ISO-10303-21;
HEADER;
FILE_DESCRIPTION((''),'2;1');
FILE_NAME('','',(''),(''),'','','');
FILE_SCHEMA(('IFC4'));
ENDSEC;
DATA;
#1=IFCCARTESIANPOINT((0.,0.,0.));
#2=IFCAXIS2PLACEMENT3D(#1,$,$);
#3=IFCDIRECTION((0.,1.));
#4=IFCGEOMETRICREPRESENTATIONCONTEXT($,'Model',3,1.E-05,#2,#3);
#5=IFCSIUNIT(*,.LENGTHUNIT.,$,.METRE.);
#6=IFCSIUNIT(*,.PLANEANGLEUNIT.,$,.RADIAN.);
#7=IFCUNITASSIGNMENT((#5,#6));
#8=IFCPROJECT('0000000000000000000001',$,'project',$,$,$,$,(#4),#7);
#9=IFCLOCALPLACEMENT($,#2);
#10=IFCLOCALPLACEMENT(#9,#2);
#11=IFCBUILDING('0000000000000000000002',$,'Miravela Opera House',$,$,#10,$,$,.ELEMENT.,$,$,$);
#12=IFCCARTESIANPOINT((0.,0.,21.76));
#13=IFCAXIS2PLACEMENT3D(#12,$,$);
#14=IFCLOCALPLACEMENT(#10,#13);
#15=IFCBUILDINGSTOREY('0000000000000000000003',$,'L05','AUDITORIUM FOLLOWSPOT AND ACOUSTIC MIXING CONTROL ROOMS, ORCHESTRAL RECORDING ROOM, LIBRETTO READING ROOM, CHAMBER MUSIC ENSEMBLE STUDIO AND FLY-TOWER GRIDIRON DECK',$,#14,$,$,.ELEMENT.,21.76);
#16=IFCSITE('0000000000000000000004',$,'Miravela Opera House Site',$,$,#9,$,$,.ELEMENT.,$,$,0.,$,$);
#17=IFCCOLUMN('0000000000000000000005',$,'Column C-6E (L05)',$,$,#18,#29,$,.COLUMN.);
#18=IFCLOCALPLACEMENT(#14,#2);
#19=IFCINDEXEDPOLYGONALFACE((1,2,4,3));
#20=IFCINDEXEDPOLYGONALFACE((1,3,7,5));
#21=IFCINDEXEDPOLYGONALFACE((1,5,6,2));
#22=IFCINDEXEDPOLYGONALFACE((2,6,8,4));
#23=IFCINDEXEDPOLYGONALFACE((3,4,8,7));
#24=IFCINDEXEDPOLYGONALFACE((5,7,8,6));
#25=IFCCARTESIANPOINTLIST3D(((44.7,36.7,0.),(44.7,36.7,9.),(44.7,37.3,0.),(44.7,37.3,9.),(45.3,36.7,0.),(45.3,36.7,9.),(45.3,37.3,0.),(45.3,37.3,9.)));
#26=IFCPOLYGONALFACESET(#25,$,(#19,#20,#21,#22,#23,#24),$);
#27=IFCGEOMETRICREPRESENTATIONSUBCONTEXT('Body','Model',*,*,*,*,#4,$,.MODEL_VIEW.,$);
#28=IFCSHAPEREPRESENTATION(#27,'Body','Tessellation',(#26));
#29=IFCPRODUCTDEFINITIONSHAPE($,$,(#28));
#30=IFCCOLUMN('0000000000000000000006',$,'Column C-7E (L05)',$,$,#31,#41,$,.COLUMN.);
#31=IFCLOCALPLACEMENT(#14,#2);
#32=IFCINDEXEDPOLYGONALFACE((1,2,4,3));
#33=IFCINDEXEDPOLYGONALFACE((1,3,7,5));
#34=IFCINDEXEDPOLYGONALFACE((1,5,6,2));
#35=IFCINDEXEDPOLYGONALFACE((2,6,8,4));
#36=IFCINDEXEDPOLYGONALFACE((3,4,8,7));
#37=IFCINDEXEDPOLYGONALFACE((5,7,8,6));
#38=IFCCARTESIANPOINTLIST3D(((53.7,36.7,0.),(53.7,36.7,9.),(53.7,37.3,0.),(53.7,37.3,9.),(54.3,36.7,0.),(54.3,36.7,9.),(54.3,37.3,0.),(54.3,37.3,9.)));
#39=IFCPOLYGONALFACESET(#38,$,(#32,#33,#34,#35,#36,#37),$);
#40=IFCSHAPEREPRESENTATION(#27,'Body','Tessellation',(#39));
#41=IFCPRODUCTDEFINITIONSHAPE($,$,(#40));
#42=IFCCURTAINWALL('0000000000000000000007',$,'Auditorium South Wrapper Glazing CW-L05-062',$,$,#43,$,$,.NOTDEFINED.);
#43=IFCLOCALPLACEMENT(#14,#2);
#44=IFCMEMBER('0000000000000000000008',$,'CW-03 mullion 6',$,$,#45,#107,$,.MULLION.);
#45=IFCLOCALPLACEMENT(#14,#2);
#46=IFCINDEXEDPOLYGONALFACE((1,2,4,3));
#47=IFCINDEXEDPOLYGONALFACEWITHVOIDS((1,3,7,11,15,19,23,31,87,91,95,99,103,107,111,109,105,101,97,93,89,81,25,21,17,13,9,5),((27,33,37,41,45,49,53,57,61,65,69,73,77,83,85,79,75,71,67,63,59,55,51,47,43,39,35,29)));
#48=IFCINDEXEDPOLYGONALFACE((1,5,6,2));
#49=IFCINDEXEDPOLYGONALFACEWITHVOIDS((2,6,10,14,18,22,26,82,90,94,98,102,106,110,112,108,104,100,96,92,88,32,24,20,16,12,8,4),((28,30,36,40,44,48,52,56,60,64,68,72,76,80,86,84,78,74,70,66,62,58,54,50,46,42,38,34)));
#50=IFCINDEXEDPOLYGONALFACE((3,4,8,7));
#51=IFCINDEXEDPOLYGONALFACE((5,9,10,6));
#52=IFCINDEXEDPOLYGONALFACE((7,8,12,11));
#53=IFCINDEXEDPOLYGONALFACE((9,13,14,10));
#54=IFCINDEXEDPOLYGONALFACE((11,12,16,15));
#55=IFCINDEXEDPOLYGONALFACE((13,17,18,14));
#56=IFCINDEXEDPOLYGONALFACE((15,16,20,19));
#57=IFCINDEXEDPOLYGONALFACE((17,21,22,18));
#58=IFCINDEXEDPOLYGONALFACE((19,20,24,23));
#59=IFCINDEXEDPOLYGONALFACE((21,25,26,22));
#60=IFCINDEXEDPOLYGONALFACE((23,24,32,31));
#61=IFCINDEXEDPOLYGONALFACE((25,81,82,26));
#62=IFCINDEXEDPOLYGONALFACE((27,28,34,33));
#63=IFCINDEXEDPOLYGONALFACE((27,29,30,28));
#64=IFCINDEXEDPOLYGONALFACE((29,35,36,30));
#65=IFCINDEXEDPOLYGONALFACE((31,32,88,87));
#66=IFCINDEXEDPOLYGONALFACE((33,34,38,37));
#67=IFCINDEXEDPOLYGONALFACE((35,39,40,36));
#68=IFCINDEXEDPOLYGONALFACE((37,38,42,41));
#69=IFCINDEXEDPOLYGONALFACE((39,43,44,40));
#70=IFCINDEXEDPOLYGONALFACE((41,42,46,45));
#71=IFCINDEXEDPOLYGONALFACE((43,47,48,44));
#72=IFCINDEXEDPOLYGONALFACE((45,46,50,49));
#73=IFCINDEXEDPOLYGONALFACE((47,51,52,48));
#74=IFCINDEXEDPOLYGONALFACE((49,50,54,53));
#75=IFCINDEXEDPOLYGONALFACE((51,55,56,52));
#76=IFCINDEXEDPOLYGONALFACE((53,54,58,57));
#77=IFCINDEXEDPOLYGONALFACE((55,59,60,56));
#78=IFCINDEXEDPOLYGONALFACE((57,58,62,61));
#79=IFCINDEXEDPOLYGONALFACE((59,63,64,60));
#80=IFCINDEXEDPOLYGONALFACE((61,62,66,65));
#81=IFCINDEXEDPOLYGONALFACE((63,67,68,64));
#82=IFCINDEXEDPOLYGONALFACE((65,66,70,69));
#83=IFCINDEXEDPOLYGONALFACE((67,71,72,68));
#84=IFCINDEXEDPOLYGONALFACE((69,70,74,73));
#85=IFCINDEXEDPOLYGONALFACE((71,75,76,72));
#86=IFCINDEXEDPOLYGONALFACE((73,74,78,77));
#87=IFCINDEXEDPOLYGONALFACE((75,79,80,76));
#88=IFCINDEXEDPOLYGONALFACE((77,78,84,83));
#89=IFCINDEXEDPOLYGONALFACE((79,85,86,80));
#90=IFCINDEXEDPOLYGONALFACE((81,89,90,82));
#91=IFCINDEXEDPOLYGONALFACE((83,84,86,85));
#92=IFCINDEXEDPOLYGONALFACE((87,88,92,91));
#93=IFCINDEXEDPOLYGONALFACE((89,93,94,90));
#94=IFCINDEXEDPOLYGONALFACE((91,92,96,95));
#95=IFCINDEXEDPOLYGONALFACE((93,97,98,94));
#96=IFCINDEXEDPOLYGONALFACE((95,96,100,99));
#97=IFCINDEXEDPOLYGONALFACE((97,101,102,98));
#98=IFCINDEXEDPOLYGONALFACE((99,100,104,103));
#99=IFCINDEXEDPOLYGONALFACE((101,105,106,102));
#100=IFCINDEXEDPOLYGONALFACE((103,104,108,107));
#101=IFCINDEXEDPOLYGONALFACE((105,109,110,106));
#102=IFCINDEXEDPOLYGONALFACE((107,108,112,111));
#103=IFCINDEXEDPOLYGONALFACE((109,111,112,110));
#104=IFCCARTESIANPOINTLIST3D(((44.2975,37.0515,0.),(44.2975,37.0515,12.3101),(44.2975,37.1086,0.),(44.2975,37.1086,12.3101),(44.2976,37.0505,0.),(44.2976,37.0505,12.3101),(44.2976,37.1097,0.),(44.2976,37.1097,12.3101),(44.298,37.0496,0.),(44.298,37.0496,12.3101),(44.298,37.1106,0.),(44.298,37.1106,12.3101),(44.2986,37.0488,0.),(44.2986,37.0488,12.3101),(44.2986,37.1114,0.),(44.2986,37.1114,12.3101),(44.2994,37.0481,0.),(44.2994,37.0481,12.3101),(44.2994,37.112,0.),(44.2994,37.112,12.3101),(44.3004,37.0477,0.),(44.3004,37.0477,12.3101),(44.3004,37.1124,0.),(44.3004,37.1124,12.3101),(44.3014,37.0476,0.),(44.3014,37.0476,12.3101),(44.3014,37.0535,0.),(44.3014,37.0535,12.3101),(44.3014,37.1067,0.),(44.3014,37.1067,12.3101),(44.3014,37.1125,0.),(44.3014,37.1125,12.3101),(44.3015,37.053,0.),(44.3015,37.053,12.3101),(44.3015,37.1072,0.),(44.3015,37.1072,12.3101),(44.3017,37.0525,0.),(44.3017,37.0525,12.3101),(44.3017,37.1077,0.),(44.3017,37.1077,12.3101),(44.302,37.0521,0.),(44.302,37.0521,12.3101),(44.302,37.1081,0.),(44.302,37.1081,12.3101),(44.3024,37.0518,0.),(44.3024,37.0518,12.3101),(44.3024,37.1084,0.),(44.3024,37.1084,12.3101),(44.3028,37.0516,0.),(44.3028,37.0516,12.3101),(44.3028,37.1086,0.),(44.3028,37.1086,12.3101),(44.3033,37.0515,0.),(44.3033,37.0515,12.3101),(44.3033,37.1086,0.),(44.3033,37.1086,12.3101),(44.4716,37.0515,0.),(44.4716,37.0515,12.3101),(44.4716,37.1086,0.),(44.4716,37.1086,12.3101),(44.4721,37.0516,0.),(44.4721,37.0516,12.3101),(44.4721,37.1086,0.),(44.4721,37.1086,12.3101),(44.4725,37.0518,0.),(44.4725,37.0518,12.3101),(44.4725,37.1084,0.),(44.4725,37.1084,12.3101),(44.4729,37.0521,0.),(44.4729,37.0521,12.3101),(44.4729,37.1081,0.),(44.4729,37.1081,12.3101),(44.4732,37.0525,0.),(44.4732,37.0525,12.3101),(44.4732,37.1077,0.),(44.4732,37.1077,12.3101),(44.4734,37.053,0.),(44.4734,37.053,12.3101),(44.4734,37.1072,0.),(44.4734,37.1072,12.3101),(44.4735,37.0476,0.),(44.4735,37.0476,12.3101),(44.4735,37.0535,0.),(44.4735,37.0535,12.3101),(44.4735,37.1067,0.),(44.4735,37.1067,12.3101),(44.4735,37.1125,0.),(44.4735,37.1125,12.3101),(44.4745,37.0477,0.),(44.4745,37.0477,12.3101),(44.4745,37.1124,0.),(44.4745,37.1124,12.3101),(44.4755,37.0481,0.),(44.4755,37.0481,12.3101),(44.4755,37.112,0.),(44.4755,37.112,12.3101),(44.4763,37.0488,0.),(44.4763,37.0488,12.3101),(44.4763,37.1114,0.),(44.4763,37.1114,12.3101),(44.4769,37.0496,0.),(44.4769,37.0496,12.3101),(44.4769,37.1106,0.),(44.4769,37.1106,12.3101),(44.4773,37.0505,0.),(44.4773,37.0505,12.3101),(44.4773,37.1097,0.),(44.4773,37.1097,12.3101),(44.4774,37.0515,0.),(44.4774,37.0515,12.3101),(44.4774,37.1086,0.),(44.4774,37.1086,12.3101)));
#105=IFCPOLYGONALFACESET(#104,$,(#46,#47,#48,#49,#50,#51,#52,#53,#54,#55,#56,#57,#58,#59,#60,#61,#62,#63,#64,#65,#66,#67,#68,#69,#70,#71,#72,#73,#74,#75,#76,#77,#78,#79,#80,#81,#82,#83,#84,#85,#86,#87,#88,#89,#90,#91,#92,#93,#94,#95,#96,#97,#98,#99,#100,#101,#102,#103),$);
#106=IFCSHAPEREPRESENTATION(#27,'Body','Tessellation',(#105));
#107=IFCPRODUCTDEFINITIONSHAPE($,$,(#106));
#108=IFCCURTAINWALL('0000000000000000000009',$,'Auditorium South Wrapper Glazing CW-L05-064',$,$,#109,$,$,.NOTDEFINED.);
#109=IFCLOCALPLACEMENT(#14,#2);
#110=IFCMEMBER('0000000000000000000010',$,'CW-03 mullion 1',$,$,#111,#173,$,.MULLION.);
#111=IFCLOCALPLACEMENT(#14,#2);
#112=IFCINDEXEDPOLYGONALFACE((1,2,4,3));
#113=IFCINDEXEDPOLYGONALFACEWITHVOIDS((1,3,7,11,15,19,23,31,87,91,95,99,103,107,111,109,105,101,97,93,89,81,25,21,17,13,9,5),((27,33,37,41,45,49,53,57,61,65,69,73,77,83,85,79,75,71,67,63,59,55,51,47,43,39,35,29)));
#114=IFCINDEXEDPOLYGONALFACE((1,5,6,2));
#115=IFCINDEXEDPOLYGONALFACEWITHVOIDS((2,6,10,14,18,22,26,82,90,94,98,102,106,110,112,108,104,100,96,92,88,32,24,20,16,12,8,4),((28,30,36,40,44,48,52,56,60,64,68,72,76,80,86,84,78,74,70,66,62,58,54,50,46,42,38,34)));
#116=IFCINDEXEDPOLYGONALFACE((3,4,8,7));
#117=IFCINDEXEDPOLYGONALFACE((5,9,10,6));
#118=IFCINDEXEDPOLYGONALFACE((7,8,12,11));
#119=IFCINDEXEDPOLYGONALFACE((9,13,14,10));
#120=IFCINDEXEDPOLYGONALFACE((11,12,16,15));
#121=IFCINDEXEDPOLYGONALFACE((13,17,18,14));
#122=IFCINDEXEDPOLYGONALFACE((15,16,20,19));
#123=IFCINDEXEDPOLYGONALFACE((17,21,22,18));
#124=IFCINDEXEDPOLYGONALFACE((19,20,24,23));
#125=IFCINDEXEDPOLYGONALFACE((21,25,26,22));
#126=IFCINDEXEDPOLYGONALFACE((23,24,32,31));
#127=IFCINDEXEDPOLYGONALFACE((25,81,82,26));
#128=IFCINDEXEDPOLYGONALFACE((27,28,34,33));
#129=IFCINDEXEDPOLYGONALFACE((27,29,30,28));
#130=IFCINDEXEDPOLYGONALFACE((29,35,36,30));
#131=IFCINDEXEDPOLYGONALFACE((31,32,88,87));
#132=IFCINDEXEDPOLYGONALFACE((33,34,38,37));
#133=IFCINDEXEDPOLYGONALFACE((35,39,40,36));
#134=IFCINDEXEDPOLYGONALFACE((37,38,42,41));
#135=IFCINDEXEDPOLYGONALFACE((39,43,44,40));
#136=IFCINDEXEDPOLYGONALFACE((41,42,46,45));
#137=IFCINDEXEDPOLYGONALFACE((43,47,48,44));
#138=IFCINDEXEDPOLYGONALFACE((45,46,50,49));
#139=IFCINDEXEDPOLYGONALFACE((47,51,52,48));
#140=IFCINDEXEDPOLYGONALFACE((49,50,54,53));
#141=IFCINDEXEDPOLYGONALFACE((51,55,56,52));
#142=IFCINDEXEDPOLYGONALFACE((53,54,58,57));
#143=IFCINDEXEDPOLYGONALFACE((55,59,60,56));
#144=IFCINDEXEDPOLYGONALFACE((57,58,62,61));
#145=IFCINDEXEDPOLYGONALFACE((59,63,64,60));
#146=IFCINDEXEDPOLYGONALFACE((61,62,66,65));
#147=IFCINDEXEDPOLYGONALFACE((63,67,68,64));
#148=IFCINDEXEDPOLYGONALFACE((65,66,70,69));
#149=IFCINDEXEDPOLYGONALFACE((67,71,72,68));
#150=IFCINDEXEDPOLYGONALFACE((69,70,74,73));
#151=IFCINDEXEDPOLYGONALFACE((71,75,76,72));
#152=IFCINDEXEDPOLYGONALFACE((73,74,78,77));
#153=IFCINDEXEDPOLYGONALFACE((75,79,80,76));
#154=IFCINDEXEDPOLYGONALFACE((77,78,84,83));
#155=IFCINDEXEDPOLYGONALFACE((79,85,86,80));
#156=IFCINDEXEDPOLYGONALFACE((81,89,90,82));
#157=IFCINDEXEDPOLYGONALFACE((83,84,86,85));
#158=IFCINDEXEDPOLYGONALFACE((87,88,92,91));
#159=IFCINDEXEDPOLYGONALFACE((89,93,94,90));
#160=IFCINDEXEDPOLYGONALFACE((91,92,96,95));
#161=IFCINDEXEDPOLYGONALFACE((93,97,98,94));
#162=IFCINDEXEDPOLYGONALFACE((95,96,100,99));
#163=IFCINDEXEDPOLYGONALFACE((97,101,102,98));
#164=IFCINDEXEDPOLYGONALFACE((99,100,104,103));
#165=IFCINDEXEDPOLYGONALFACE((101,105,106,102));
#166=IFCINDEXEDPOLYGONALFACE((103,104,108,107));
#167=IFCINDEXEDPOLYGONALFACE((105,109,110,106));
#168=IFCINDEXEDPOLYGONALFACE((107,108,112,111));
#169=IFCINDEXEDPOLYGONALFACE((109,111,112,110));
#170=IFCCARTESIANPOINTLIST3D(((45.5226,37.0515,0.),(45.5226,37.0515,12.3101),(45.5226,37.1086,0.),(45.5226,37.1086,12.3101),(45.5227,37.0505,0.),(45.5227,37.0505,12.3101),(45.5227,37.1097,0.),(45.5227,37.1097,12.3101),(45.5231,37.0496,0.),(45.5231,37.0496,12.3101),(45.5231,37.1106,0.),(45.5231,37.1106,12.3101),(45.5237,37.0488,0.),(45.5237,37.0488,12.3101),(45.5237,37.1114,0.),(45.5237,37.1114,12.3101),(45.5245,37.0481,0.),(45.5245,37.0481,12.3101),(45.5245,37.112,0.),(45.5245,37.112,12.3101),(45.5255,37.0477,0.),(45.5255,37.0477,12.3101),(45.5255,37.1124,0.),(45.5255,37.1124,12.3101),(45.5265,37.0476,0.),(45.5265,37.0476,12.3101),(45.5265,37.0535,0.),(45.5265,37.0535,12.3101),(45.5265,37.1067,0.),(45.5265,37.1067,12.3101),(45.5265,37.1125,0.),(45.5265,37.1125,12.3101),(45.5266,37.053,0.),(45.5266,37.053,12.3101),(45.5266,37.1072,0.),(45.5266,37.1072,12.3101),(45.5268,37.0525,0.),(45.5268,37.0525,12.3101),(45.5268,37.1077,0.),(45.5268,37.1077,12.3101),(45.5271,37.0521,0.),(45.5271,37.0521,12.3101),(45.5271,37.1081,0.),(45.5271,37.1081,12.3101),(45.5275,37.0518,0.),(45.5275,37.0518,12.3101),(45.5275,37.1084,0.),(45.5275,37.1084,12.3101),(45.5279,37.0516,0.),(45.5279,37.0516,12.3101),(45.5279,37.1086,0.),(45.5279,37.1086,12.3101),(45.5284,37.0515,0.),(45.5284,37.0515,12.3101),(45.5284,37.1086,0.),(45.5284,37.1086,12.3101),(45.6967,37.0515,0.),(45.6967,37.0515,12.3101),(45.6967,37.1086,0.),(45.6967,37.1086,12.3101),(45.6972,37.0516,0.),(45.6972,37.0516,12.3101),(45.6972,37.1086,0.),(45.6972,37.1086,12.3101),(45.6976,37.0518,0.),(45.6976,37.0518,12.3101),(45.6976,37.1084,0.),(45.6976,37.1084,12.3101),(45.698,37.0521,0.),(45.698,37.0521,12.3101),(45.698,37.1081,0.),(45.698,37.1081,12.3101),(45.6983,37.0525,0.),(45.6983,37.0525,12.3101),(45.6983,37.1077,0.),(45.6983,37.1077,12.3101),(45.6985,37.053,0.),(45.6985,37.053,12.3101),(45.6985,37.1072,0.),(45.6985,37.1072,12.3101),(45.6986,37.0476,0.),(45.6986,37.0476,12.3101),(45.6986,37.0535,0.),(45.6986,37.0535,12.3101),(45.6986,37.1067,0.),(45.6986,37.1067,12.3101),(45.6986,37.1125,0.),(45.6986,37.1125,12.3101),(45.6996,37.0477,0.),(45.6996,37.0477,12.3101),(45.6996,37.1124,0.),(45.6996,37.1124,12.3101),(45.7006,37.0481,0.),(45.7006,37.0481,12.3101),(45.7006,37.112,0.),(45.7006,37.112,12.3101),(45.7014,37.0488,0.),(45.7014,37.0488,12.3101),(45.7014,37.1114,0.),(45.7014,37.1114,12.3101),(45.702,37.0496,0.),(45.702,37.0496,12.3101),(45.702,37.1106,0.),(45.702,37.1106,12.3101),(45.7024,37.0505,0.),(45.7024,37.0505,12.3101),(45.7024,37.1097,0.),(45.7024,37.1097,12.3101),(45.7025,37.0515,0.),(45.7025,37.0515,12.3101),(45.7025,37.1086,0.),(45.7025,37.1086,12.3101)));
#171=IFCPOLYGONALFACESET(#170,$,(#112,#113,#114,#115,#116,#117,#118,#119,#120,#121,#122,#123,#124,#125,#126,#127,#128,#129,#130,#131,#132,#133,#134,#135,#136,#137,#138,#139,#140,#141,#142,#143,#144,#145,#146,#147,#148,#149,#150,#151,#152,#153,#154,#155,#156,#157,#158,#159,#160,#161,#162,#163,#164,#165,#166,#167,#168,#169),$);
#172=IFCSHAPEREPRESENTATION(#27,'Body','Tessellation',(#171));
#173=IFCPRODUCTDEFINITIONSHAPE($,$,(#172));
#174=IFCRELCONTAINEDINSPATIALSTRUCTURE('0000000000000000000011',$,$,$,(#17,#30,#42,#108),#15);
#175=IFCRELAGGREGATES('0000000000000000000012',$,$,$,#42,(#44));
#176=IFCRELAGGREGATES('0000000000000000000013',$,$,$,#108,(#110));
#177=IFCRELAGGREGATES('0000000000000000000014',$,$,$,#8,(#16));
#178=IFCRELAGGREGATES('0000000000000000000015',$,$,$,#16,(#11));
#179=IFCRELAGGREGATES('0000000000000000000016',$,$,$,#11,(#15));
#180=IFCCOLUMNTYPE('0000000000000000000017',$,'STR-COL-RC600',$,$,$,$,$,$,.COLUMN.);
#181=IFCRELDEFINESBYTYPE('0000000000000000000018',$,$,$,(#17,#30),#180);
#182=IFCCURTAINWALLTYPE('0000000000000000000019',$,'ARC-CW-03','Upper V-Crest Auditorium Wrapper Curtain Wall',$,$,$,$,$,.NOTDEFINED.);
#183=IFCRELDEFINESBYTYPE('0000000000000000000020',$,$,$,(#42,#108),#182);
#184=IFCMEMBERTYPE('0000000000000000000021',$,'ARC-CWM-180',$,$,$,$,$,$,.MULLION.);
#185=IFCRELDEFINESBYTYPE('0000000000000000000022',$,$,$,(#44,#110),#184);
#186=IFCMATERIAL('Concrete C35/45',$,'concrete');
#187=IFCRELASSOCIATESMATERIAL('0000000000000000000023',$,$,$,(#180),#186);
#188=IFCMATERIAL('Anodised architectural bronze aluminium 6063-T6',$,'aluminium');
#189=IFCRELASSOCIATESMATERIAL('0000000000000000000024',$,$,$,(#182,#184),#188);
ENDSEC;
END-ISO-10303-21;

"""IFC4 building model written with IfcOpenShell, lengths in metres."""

from ifc_helpers import new_model, si_unit, direction, frame, origin, origin_2d, place, context, subcontext, project, spatial, rectangle, hollow_rectangle, extrude, material, material_profile, profile_set, type_object, element, aggregate, save


model = new_model("IFC4")

# Units and contexts
model_context = context("Model", 3, precision=1e-05, world=origin(), true_north=direction((0.0, 1.0)))
body_context = subcontext(model_context, "Body", "Model", "MODEL_VIEW")
ifc_project = project(units=[si_unit("LENGTHUNIT", "METRE"), si_unit("PLANEANGLEUNIT", "RADIAN")], contexts=[model_context])

# Site, building, storey
site_placement = place(None, origin())
site = spatial("IfcSite", under=ifc_project, at=site_placement, Name="Miravela Opera House Site", CompositionType="ELEMENT", RefElevation=0.0)
building_placement = place(site_placement, origin())
building = spatial("IfcBuilding", under=site, at=building_placement, Name="Miravela Opera House", CompositionType="ELEMENT")
storey_placement = place(building_placement, frame((0.0, 0.0, 21.76)))
storey = spatial("IfcBuildingStorey", under=building, at=storey_placement, Name="L05", Description="AUDITORIUM FOLLOWSPOT AND ACOUSTIC MIXING CONTROL ROOMS, ORCHESTRAL RECORDING ROOM, LIBRETTO READING ROOM, CHAMBER MUSIC ENSEMBLE STUDIO AND FLY-TOWER GRIDIRON DECK", CompositionType="ELEMENT", Elevation=21.76)

# Columns
ifc_material_1 = material(Name="Concrete C35/45", Category="concrete")
ifc_material_profile_1 = material_profile(ifc_material_1, rectangle(XDim=0.6001, YDim=0.6001, at=origin_2d()), Name="RC-COL-600X600")
ifc_profile_set_1 = profile_set([ifc_material_profile_1])
column_type = type_object("IfcColumnType", Name="STR-COL-RC600", PredefinedType="COLUMN", material=ifc_profile_set_1)
for number, where, z_axis, x_axis, name in (
    (1, (45.0, 37.0, 0.0), (0.0, 0.0, 1.0), (1.0, 0.0, 0.0), "Column C-6E (L05)"),
    (2, (54.0, 37.0, 0.0), (0.0, 0.0, 1.0), (1.0, 0.0, 0.0), "Column C-7E (L05)"),
):
    element("IfcColumn", number, at=place(storey_placement, frame(where, z_axis=z_axis, x_axis=x_axis)), inside=storey, type_object=column_type, Name=name, PredefinedType="COLUMN", context=body_context, shape_type="SweptSolid", body=[
        extrude(rectangle(XDim=0.6001, YDim=0.6001, at=origin_2d()), origin(), (0.0, 0.0, 1.0), 9.0),
    ])

# Curtain wall, member
ifc_material_2 = material(Name="Anodised architectural bronze aluminium 6063-T6", Category="aluminium")
curtain_wall_type = type_object("IfcCurtainWallType", Name="ARC-CW-03", Description="Upper V-Crest Auditorium Wrapper Curtain Wall", PredefinedType="NOTDEFINED", material=ifc_material_2)
curtain_wall_1_placement = place(storey_placement, origin())
curtain_wall_1 = element("IfcCurtainWall", 3, at=curtain_wall_1_placement, inside=storey, type_object=curtain_wall_type, Name="Auditorium South Wrapper Glazing CW-L05-062", PredefinedType="NOTDEFINED")
ifc_material_profile_2 = material_profile(ifc_material_2, hollow_rectangle(XDim=0.0649, YDim=0.1799, WallThickness=0.0039, InnerFilletRadius=0.002, OuterFilletRadius=0.0039, at=origin_2d()), Name="CWM-65X180")
ifc_profile_set_2 = profile_set([ifc_material_profile_2])
member_type_1 = type_object("IfcMemberType", Name="ARC-CWM-180", PredefinedType="MULLION", material=ifc_profile_set_2)
member_1_placement = place(storey_placement, frame((44.3875, 37.0801, 0.0), z_axis=(0.0, 0.0, 1.0), x_axis=(0.0, 1.0, 0.0)))
member_1 = element("IfcMember", 4, at=member_1_placement, type_object=member_type_1, Name="CW-03 mullion 6", PredefinedType="MULLION", context=body_context, shape_type="SweptSolid", body=[
    extrude(hollow_rectangle(XDim=0.0649, YDim=0.1799, WallThickness=0.0039, InnerFilletRadius=0.002, OuterFilletRadius=0.0039, at=origin_2d()), origin(), (0.0, 0.0, 1.0), 12.3101),
])

# Curtain wall, member
curtain_wall_2_placement = place(storey_placement, origin())
curtain_wall_2 = element("IfcCurtainWall", 5, at=curtain_wall_2_placement, inside=storey, type_object=curtain_wall_type, Name="Auditorium South Wrapper Glazing CW-L05-064", PredefinedType="NOTDEFINED")
member_2_placement = place(storey_placement, frame((45.6125, 37.0801, 0.0), z_axis=(0.0, 0.0, 1.0), x_axis=(0.0, 1.0, 0.0)))
member_2 = element("IfcMember", 6, at=member_2_placement, type_object=member_type_1, Name="CW-03 mullion 1", PredefinedType="MULLION", context=body_context, shape_type="SweptSolid", body=[
    extrude(hollow_rectangle(XDim=0.0649, YDim=0.1799, WallThickness=0.0039, InnerFilletRadius=0.002, OuterFilletRadius=0.0039, at=origin_2d()), origin(), (0.0, 0.0, 1.0), 12.3101),
])

aggregate(curtain_wall_1, [member_1])
aggregate(curtain_wall_2, [member_2])

save(model, "model.ifc")
